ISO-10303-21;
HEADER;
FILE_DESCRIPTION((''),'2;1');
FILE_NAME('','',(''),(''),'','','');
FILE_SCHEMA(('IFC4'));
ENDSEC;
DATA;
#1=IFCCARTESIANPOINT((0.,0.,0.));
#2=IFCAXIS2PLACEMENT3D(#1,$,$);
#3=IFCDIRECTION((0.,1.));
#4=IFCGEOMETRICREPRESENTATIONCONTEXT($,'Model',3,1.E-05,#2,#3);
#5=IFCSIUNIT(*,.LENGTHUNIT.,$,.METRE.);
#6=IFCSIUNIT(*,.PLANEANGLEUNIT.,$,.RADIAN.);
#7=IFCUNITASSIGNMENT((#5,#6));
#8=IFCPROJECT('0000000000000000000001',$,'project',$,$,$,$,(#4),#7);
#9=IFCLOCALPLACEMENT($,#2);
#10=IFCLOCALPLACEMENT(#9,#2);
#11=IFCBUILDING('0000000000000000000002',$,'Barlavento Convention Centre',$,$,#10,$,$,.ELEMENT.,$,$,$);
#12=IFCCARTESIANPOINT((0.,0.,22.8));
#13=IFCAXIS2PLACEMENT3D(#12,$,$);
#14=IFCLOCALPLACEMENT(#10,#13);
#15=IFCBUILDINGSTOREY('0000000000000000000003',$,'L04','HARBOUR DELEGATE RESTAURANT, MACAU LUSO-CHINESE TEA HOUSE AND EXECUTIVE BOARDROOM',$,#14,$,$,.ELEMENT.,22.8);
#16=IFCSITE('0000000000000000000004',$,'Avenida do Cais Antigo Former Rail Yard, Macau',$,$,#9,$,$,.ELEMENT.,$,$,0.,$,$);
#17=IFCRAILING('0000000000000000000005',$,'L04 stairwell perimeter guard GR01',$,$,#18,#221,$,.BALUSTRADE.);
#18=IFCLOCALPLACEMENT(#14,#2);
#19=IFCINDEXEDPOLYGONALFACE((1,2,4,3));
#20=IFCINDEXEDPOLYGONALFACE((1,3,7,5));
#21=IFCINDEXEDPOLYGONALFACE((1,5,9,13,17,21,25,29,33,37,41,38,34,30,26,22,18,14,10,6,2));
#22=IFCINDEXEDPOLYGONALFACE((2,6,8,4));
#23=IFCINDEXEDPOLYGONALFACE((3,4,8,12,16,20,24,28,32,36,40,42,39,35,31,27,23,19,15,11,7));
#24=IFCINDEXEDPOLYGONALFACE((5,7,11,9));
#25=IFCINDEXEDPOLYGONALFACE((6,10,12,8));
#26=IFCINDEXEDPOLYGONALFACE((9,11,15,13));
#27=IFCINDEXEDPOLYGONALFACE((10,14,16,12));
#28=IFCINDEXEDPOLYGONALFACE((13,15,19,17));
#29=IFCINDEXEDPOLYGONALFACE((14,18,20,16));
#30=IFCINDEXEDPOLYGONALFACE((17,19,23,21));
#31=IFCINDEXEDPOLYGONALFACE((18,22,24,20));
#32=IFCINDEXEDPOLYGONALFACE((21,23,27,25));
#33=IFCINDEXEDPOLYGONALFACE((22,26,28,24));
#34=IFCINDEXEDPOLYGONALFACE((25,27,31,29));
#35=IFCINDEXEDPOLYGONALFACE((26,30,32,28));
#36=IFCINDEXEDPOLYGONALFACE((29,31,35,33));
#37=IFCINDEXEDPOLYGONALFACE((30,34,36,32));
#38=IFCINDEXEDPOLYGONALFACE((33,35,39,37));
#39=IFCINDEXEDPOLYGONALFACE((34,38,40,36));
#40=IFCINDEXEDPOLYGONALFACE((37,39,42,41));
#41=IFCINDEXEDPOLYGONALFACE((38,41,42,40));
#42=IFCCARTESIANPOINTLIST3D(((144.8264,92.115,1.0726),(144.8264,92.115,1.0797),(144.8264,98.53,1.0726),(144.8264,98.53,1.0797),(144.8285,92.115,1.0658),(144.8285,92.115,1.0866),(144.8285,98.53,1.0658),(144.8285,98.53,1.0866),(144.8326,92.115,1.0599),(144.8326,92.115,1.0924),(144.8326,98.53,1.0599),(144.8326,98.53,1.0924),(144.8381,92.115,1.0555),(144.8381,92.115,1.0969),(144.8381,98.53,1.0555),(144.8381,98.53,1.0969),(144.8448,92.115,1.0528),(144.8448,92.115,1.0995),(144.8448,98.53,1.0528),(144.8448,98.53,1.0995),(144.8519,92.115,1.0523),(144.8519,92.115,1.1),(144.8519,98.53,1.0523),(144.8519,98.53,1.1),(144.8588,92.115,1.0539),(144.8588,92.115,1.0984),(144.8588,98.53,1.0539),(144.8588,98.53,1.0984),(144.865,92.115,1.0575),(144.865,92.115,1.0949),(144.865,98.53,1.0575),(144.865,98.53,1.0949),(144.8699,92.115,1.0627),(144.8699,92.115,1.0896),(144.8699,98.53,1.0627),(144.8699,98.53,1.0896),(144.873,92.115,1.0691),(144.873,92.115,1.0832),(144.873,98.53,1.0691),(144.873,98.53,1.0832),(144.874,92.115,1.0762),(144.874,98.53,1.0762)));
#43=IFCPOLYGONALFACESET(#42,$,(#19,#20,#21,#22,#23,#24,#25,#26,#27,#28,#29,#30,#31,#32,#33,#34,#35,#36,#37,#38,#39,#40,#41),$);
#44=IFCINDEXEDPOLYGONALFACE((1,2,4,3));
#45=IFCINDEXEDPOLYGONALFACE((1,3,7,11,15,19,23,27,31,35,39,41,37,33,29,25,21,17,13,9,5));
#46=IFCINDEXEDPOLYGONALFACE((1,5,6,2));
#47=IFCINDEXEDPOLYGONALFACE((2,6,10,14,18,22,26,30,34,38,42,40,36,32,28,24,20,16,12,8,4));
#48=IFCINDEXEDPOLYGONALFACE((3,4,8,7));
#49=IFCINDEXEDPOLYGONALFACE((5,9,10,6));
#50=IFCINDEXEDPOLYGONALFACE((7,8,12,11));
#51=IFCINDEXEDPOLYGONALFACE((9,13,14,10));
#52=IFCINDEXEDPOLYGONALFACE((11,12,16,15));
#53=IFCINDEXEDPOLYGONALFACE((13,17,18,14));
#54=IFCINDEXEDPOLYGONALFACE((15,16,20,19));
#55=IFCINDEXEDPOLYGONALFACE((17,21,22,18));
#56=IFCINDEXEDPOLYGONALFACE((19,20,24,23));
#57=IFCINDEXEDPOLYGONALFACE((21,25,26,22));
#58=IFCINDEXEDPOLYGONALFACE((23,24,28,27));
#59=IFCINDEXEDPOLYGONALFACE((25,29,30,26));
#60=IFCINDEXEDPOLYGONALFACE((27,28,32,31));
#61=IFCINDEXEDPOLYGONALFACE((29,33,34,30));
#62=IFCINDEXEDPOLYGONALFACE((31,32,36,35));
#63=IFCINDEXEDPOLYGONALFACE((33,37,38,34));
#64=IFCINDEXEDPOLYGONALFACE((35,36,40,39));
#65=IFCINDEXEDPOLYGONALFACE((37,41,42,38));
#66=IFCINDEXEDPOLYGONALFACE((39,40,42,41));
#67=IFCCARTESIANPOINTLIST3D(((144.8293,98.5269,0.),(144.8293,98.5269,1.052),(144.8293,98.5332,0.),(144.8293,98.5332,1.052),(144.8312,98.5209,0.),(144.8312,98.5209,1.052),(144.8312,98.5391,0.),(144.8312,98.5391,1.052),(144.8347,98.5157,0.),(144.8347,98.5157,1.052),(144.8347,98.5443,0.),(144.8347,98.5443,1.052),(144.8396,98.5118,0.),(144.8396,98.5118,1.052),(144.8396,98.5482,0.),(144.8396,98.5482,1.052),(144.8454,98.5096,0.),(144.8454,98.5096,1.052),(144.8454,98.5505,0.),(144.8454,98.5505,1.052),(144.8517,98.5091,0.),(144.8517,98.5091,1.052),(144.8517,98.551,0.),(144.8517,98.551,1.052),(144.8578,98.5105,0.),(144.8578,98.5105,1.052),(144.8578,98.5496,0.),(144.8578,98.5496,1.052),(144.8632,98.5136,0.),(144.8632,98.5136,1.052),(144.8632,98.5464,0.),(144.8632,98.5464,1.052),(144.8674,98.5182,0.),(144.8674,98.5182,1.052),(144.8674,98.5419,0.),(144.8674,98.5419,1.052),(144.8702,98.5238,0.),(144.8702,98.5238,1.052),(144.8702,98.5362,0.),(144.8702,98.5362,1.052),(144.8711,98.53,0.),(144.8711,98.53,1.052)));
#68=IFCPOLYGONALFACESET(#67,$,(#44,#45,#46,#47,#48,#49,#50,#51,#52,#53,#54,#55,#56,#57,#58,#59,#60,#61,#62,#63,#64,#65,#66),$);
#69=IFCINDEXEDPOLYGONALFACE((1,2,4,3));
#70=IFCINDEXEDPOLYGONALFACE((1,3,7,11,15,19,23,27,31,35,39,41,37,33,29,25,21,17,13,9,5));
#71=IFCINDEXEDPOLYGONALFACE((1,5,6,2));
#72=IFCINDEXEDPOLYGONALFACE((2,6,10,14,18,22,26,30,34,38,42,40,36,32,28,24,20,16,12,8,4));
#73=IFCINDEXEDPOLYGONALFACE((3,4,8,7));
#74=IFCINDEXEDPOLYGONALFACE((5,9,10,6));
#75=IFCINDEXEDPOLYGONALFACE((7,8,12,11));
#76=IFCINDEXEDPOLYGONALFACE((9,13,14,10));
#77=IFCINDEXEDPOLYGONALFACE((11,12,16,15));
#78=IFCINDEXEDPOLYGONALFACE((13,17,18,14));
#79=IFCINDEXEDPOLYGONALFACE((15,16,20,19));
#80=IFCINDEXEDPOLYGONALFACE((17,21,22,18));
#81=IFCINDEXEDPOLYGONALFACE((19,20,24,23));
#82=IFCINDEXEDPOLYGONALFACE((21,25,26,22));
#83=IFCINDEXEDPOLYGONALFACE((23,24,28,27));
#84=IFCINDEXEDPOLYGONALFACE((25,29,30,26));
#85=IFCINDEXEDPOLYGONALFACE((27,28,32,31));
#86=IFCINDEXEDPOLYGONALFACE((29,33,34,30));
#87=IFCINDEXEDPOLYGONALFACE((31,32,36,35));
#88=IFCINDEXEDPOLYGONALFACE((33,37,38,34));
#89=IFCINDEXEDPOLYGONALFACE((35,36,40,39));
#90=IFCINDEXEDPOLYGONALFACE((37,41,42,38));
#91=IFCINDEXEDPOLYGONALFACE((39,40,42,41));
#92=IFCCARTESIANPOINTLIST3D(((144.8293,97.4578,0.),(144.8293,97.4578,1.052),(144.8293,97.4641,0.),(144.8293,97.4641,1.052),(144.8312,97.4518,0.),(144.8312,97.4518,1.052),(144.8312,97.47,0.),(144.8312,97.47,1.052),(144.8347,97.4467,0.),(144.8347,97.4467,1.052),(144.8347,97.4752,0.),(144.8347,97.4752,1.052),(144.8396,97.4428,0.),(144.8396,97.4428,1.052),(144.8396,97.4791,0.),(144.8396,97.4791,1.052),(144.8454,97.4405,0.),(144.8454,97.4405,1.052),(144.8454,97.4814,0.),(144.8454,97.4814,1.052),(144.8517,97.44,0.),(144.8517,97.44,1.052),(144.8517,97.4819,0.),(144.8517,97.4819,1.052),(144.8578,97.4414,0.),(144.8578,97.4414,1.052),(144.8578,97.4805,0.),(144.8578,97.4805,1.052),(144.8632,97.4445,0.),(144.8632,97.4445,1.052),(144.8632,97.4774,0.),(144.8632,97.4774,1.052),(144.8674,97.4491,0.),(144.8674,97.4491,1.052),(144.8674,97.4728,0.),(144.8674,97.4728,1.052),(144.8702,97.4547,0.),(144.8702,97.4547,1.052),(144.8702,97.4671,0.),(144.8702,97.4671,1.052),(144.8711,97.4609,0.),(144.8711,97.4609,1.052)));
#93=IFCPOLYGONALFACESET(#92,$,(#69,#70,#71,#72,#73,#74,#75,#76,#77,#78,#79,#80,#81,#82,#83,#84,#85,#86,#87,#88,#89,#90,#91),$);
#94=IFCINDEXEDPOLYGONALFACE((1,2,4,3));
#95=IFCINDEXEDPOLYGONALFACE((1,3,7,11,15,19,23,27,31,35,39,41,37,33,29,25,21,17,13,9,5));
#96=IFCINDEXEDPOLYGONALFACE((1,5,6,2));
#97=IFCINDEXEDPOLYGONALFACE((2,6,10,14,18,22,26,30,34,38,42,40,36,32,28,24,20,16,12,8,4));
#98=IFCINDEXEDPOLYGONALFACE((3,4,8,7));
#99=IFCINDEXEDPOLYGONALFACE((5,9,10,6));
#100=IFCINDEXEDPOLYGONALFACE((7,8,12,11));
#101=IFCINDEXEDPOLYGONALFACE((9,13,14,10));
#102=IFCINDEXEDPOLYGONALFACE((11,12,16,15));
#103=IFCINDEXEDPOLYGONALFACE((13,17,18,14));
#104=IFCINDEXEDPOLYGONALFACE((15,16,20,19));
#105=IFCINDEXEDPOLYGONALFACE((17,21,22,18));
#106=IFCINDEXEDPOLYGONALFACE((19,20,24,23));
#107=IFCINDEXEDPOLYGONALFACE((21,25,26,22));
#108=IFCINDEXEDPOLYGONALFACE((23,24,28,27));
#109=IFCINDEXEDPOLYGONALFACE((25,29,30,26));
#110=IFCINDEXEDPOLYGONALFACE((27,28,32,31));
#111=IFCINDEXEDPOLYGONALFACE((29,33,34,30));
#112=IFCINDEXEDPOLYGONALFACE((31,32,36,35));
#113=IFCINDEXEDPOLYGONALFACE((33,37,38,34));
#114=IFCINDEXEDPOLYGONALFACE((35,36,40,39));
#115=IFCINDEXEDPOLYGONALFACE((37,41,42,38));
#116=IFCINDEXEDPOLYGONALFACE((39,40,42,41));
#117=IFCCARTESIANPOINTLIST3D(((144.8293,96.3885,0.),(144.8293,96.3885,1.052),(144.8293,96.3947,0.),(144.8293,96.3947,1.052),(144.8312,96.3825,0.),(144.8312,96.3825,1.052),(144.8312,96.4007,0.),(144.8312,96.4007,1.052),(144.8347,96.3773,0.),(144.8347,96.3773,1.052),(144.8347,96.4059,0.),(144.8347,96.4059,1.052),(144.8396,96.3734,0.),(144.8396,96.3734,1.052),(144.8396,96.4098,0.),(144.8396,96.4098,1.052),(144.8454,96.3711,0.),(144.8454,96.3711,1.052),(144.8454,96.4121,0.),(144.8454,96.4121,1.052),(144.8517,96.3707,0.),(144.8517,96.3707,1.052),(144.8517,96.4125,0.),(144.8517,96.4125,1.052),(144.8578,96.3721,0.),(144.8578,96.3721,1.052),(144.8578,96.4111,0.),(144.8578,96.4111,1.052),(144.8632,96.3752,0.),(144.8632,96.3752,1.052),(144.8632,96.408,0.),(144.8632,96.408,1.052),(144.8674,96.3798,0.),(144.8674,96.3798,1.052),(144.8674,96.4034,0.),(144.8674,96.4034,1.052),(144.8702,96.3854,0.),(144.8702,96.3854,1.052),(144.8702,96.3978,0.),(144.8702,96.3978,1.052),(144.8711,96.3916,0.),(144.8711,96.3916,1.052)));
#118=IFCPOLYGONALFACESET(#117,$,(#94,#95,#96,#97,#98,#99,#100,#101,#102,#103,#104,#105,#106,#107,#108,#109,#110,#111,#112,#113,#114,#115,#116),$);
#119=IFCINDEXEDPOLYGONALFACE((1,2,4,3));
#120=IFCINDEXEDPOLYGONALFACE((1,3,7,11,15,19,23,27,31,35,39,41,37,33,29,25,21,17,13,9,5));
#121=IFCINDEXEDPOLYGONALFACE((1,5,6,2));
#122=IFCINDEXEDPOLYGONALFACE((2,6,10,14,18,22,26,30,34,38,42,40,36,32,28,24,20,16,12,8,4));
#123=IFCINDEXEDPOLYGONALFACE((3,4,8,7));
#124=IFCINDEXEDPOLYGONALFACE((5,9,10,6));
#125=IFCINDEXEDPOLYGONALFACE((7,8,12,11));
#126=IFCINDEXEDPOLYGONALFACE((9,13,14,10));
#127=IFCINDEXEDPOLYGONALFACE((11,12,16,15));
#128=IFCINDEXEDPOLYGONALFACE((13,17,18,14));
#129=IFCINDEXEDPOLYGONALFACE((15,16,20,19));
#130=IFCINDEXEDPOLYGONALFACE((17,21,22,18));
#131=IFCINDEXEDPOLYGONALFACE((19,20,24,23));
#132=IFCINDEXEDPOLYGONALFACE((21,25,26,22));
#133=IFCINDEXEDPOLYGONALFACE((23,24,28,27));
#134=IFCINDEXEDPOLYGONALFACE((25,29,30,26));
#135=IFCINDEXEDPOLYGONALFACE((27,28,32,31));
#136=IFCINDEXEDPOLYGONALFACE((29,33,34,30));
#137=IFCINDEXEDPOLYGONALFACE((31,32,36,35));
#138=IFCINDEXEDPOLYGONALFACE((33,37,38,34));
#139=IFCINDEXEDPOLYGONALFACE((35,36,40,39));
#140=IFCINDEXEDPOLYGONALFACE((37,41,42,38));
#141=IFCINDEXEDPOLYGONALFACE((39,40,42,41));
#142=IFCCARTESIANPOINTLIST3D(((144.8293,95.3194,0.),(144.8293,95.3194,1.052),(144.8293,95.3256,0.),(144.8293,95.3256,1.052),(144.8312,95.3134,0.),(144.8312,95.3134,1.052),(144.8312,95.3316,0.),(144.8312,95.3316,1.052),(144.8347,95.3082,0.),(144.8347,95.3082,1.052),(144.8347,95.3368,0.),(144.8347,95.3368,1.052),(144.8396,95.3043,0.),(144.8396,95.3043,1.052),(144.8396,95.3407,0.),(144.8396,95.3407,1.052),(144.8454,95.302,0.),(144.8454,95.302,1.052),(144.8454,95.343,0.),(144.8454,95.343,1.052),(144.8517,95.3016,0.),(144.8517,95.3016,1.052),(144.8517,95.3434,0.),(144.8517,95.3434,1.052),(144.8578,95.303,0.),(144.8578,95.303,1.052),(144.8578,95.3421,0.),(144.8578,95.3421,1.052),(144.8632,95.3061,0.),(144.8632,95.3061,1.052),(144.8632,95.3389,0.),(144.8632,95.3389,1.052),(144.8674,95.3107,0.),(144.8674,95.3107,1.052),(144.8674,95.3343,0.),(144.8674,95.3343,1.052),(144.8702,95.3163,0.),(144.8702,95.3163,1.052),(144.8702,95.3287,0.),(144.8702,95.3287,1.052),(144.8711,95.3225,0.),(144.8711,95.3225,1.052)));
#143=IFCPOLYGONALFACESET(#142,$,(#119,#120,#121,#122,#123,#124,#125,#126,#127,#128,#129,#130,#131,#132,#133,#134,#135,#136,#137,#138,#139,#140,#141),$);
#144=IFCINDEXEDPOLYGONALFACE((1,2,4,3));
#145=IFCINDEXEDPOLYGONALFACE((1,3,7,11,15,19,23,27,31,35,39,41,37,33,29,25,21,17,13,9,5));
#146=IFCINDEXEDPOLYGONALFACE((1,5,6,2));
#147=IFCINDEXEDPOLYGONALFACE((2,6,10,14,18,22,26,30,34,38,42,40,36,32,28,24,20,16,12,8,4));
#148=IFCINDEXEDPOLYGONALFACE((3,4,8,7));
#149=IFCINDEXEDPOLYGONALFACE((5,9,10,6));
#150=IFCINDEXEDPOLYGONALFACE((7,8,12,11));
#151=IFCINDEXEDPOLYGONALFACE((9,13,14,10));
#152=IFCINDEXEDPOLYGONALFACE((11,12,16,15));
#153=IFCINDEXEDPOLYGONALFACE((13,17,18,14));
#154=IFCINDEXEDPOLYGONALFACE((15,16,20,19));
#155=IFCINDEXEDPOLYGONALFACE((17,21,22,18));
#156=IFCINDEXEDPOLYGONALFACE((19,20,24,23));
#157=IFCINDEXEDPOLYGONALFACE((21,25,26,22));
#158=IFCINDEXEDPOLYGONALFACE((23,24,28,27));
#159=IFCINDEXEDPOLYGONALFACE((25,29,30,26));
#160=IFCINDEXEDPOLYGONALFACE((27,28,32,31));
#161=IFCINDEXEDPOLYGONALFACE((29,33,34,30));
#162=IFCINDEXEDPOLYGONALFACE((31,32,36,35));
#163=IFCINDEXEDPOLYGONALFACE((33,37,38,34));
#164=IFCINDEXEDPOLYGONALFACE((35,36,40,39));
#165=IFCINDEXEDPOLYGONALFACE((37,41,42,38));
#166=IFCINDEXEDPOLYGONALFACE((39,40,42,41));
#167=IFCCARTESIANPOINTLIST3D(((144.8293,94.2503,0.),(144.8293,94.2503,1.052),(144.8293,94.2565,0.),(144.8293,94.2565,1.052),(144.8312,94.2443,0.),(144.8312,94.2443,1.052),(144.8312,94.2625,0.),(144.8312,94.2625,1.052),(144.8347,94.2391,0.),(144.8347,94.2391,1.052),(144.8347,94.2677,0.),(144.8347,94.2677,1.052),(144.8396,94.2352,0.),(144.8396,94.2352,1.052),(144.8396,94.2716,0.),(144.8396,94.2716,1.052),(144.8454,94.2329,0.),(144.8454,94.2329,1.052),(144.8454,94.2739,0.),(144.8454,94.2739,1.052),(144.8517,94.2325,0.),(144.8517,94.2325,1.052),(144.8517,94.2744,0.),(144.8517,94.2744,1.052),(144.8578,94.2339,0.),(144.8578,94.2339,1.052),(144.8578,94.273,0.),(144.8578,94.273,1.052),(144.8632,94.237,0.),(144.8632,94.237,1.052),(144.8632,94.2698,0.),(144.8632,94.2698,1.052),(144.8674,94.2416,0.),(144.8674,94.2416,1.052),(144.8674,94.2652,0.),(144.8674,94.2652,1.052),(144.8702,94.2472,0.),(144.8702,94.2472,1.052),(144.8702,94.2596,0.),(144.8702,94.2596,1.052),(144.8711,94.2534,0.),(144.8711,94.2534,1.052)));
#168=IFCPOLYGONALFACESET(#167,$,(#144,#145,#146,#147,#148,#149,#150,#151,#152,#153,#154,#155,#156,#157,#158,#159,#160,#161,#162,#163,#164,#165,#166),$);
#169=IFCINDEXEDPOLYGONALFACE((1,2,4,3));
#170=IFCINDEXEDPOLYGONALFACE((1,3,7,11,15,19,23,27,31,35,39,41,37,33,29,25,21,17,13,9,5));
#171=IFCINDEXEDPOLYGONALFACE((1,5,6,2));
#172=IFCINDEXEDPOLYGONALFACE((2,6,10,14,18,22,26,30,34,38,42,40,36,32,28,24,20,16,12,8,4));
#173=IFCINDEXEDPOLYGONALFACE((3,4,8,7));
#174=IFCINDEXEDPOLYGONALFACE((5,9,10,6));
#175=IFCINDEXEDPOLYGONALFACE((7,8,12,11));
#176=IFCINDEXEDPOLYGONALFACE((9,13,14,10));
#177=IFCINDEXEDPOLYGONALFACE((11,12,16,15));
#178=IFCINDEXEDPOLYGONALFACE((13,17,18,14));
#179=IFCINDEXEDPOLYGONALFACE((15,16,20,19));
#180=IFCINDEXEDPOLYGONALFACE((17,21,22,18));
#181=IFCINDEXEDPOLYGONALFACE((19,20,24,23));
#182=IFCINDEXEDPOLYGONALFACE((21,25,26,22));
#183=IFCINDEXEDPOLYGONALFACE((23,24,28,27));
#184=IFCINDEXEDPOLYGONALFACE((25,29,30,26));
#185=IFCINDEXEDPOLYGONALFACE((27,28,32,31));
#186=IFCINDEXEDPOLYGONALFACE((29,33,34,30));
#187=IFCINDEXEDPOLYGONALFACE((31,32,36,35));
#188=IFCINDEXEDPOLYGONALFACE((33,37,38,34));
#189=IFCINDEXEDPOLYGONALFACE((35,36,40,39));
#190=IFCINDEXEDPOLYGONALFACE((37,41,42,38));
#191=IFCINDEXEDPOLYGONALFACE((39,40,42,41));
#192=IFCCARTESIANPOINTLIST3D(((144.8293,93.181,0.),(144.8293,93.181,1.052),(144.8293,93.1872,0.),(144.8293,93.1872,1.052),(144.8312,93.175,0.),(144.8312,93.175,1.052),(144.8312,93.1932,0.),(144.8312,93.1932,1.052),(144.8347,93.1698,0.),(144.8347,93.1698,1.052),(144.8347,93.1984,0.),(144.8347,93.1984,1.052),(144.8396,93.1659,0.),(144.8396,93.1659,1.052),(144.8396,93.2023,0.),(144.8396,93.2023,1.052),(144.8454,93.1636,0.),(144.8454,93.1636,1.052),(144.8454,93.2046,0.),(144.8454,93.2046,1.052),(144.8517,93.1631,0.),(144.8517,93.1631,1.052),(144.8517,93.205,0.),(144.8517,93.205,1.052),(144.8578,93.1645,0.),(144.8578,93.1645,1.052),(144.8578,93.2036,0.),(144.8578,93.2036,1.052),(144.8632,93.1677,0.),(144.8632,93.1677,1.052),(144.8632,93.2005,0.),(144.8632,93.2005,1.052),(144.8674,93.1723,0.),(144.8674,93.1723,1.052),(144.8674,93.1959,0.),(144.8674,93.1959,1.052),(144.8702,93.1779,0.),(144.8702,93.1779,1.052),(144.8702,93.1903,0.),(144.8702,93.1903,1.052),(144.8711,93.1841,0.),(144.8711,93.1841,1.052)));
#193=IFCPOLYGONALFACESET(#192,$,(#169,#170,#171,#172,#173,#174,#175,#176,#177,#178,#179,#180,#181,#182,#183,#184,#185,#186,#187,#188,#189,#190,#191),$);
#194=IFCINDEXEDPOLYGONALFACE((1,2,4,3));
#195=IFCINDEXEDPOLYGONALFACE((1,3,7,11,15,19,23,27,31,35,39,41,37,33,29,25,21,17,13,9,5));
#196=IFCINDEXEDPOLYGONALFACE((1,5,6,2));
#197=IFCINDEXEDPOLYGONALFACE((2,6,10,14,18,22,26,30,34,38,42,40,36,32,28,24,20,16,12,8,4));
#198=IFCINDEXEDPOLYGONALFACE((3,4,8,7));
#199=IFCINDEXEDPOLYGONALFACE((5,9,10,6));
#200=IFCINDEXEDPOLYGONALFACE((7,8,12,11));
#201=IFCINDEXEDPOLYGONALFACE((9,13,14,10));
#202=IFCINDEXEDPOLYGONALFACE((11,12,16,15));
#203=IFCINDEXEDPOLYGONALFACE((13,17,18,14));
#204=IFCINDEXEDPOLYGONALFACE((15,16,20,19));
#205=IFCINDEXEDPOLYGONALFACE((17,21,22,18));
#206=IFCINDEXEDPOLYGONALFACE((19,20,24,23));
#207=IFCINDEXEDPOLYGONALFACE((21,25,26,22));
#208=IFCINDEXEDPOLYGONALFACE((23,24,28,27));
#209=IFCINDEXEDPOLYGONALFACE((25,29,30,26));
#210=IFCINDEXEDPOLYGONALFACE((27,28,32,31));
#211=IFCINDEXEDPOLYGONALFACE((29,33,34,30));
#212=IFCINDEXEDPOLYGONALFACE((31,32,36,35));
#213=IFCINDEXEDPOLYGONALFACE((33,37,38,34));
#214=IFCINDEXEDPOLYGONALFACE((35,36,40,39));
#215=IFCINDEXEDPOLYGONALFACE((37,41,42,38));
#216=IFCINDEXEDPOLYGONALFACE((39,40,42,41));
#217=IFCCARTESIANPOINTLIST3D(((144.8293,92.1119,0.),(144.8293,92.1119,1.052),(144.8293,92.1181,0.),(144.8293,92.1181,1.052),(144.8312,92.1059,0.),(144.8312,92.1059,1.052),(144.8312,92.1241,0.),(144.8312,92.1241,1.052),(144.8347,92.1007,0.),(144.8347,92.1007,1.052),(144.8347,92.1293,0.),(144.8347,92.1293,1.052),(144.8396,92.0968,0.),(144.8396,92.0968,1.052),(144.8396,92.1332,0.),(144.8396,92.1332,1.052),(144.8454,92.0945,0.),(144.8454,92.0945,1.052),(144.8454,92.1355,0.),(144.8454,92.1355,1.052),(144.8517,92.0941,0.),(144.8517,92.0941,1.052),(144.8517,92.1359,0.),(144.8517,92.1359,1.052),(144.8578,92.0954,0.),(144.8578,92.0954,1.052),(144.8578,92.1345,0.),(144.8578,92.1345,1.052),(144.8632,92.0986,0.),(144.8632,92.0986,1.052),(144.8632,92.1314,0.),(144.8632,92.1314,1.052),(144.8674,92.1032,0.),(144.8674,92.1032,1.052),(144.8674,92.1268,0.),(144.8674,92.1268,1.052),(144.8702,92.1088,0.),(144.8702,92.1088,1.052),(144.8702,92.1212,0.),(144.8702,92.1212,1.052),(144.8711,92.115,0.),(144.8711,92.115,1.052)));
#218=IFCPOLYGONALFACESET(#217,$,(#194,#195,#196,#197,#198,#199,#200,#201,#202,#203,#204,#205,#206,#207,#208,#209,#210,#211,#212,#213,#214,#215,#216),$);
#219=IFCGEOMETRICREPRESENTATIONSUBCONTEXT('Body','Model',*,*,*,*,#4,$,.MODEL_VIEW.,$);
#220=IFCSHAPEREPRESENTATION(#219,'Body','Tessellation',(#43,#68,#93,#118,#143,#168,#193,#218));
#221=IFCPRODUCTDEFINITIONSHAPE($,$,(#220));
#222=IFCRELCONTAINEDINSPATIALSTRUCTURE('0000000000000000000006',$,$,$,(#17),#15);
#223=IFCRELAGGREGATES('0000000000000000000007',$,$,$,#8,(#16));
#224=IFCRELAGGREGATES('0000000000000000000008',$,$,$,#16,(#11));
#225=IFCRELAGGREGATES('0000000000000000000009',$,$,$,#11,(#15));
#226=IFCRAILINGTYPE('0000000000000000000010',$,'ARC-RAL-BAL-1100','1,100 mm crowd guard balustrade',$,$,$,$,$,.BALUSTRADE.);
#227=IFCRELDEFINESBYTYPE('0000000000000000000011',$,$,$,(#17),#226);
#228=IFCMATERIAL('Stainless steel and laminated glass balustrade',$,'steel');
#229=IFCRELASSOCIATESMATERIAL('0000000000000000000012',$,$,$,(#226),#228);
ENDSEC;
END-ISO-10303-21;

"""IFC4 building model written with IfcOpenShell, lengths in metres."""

from ifc_helpers import new_model, si_unit, direction, frame, origin, origin_2d, place, context, subcontext, project, spatial, circle, extrude, material, type_object, element, save


model = new_model("IFC4")

# Units and contexts
model_context = context("Model", 3, precision=1e-05, world=origin(), true_north=direction((0.0, 1.0)))
body_context = subcontext(model_context, "Body", "Model", "MODEL_VIEW")
ifc_project = project(units=[si_unit("LENGTHUNIT", "METRE"), si_unit("PLANEANGLEUNIT", "RADIAN")], contexts=[model_context])

# Site, building, storey
site_placement = place(None, origin())
site = spatial("IfcSite", under=ifc_project, at=site_placement, Name="Avenida do Cais Antigo Former Rail Yard, Macau", CompositionType="ELEMENT", RefElevation=0.0)
building_placement = place(site_placement, origin())
building = spatial("IfcBuilding", under=site, at=building_placement, Name="Barlavento Convention Centre", CompositionType="ELEMENT")
storey_placement = place(building_placement, frame((0.0, 0.0, 22.8)))
storey = spatial("IfcBuildingStorey", under=building, at=storey_placement, Name="L04", Description="HARBOUR DELEGATE RESTAURANT, MACAU LUSO-CHINESE TEA HOUSE AND EXECUTIVE BOARDROOM", CompositionType="ELEMENT", Elevation=22.8)

# Railing
ifc_material_1 = material(Name="Stainless steel and laminated glass balustrade", Category="steel")
railing_type_1 = type_object("IfcRailingType", Name="ARC-RAL-BAL-1100", Description="1,100 mm crowd guard balustrade", PredefinedType="BALUSTRADE", material=ifc_material_1)
railing_1_placement = place(storey_placement, frame((144.8501, 98.53, 0.0)))
element("IfcRailing", 1, at=railing_1_placement, inside=storey, type_object=railing_type_1, Name="L04 stairwell perimeter guard GR01", PredefinedType="BALUSTRADE", context=body_context, shape_type="SweptSolid", body=[
    extrude(circle(Radius=0.0239, at=origin_2d()), frame((0.0, 0.0, 1.0762), z_axis=(0.0, -1.0, 0.0), x_axis=(1.0, 0.0, 0.0)), (0.0, 0.0, 1.0), 6.415),
    extrude(circle(Radius=0.021, at=origin_2d()), origin(), (0.0, 0.0, 1.0), 1.052),
    extrude(circle(Radius=0.021, at=origin_2d()), frame((0.0, -1.0691, 0.0)), (0.0, 0.0, 1.0), 1.052),
    extrude(circle(Radius=0.021, at=origin_2d()), frame((0.0, -2.1384, 0.0)), (0.0, 0.0, 1.0), 1.052),
    extrude(circle(Radius=0.021, at=origin_2d()), frame((0.0, -3.2075, 0.0)), (0.0, 0.0, 1.0), 1.052),
    extrude(circle(Radius=0.021, at=origin_2d()), frame((0.0, -4.2766, 0.0)), (0.0, 0.0, 1.0), 1.052),
    extrude(circle(Radius=0.021, at=origin_2d()), frame((0.0, -5.3459, 0.0)), (0.0, 0.0, 1.0), 1.052),
    extrude(circle(Radius=0.021, at=origin_2d()), frame((0.0, -6.415, 0.0)), (0.0, 0.0, 1.0), 1.052),
])

save(model, "model.ifc")
